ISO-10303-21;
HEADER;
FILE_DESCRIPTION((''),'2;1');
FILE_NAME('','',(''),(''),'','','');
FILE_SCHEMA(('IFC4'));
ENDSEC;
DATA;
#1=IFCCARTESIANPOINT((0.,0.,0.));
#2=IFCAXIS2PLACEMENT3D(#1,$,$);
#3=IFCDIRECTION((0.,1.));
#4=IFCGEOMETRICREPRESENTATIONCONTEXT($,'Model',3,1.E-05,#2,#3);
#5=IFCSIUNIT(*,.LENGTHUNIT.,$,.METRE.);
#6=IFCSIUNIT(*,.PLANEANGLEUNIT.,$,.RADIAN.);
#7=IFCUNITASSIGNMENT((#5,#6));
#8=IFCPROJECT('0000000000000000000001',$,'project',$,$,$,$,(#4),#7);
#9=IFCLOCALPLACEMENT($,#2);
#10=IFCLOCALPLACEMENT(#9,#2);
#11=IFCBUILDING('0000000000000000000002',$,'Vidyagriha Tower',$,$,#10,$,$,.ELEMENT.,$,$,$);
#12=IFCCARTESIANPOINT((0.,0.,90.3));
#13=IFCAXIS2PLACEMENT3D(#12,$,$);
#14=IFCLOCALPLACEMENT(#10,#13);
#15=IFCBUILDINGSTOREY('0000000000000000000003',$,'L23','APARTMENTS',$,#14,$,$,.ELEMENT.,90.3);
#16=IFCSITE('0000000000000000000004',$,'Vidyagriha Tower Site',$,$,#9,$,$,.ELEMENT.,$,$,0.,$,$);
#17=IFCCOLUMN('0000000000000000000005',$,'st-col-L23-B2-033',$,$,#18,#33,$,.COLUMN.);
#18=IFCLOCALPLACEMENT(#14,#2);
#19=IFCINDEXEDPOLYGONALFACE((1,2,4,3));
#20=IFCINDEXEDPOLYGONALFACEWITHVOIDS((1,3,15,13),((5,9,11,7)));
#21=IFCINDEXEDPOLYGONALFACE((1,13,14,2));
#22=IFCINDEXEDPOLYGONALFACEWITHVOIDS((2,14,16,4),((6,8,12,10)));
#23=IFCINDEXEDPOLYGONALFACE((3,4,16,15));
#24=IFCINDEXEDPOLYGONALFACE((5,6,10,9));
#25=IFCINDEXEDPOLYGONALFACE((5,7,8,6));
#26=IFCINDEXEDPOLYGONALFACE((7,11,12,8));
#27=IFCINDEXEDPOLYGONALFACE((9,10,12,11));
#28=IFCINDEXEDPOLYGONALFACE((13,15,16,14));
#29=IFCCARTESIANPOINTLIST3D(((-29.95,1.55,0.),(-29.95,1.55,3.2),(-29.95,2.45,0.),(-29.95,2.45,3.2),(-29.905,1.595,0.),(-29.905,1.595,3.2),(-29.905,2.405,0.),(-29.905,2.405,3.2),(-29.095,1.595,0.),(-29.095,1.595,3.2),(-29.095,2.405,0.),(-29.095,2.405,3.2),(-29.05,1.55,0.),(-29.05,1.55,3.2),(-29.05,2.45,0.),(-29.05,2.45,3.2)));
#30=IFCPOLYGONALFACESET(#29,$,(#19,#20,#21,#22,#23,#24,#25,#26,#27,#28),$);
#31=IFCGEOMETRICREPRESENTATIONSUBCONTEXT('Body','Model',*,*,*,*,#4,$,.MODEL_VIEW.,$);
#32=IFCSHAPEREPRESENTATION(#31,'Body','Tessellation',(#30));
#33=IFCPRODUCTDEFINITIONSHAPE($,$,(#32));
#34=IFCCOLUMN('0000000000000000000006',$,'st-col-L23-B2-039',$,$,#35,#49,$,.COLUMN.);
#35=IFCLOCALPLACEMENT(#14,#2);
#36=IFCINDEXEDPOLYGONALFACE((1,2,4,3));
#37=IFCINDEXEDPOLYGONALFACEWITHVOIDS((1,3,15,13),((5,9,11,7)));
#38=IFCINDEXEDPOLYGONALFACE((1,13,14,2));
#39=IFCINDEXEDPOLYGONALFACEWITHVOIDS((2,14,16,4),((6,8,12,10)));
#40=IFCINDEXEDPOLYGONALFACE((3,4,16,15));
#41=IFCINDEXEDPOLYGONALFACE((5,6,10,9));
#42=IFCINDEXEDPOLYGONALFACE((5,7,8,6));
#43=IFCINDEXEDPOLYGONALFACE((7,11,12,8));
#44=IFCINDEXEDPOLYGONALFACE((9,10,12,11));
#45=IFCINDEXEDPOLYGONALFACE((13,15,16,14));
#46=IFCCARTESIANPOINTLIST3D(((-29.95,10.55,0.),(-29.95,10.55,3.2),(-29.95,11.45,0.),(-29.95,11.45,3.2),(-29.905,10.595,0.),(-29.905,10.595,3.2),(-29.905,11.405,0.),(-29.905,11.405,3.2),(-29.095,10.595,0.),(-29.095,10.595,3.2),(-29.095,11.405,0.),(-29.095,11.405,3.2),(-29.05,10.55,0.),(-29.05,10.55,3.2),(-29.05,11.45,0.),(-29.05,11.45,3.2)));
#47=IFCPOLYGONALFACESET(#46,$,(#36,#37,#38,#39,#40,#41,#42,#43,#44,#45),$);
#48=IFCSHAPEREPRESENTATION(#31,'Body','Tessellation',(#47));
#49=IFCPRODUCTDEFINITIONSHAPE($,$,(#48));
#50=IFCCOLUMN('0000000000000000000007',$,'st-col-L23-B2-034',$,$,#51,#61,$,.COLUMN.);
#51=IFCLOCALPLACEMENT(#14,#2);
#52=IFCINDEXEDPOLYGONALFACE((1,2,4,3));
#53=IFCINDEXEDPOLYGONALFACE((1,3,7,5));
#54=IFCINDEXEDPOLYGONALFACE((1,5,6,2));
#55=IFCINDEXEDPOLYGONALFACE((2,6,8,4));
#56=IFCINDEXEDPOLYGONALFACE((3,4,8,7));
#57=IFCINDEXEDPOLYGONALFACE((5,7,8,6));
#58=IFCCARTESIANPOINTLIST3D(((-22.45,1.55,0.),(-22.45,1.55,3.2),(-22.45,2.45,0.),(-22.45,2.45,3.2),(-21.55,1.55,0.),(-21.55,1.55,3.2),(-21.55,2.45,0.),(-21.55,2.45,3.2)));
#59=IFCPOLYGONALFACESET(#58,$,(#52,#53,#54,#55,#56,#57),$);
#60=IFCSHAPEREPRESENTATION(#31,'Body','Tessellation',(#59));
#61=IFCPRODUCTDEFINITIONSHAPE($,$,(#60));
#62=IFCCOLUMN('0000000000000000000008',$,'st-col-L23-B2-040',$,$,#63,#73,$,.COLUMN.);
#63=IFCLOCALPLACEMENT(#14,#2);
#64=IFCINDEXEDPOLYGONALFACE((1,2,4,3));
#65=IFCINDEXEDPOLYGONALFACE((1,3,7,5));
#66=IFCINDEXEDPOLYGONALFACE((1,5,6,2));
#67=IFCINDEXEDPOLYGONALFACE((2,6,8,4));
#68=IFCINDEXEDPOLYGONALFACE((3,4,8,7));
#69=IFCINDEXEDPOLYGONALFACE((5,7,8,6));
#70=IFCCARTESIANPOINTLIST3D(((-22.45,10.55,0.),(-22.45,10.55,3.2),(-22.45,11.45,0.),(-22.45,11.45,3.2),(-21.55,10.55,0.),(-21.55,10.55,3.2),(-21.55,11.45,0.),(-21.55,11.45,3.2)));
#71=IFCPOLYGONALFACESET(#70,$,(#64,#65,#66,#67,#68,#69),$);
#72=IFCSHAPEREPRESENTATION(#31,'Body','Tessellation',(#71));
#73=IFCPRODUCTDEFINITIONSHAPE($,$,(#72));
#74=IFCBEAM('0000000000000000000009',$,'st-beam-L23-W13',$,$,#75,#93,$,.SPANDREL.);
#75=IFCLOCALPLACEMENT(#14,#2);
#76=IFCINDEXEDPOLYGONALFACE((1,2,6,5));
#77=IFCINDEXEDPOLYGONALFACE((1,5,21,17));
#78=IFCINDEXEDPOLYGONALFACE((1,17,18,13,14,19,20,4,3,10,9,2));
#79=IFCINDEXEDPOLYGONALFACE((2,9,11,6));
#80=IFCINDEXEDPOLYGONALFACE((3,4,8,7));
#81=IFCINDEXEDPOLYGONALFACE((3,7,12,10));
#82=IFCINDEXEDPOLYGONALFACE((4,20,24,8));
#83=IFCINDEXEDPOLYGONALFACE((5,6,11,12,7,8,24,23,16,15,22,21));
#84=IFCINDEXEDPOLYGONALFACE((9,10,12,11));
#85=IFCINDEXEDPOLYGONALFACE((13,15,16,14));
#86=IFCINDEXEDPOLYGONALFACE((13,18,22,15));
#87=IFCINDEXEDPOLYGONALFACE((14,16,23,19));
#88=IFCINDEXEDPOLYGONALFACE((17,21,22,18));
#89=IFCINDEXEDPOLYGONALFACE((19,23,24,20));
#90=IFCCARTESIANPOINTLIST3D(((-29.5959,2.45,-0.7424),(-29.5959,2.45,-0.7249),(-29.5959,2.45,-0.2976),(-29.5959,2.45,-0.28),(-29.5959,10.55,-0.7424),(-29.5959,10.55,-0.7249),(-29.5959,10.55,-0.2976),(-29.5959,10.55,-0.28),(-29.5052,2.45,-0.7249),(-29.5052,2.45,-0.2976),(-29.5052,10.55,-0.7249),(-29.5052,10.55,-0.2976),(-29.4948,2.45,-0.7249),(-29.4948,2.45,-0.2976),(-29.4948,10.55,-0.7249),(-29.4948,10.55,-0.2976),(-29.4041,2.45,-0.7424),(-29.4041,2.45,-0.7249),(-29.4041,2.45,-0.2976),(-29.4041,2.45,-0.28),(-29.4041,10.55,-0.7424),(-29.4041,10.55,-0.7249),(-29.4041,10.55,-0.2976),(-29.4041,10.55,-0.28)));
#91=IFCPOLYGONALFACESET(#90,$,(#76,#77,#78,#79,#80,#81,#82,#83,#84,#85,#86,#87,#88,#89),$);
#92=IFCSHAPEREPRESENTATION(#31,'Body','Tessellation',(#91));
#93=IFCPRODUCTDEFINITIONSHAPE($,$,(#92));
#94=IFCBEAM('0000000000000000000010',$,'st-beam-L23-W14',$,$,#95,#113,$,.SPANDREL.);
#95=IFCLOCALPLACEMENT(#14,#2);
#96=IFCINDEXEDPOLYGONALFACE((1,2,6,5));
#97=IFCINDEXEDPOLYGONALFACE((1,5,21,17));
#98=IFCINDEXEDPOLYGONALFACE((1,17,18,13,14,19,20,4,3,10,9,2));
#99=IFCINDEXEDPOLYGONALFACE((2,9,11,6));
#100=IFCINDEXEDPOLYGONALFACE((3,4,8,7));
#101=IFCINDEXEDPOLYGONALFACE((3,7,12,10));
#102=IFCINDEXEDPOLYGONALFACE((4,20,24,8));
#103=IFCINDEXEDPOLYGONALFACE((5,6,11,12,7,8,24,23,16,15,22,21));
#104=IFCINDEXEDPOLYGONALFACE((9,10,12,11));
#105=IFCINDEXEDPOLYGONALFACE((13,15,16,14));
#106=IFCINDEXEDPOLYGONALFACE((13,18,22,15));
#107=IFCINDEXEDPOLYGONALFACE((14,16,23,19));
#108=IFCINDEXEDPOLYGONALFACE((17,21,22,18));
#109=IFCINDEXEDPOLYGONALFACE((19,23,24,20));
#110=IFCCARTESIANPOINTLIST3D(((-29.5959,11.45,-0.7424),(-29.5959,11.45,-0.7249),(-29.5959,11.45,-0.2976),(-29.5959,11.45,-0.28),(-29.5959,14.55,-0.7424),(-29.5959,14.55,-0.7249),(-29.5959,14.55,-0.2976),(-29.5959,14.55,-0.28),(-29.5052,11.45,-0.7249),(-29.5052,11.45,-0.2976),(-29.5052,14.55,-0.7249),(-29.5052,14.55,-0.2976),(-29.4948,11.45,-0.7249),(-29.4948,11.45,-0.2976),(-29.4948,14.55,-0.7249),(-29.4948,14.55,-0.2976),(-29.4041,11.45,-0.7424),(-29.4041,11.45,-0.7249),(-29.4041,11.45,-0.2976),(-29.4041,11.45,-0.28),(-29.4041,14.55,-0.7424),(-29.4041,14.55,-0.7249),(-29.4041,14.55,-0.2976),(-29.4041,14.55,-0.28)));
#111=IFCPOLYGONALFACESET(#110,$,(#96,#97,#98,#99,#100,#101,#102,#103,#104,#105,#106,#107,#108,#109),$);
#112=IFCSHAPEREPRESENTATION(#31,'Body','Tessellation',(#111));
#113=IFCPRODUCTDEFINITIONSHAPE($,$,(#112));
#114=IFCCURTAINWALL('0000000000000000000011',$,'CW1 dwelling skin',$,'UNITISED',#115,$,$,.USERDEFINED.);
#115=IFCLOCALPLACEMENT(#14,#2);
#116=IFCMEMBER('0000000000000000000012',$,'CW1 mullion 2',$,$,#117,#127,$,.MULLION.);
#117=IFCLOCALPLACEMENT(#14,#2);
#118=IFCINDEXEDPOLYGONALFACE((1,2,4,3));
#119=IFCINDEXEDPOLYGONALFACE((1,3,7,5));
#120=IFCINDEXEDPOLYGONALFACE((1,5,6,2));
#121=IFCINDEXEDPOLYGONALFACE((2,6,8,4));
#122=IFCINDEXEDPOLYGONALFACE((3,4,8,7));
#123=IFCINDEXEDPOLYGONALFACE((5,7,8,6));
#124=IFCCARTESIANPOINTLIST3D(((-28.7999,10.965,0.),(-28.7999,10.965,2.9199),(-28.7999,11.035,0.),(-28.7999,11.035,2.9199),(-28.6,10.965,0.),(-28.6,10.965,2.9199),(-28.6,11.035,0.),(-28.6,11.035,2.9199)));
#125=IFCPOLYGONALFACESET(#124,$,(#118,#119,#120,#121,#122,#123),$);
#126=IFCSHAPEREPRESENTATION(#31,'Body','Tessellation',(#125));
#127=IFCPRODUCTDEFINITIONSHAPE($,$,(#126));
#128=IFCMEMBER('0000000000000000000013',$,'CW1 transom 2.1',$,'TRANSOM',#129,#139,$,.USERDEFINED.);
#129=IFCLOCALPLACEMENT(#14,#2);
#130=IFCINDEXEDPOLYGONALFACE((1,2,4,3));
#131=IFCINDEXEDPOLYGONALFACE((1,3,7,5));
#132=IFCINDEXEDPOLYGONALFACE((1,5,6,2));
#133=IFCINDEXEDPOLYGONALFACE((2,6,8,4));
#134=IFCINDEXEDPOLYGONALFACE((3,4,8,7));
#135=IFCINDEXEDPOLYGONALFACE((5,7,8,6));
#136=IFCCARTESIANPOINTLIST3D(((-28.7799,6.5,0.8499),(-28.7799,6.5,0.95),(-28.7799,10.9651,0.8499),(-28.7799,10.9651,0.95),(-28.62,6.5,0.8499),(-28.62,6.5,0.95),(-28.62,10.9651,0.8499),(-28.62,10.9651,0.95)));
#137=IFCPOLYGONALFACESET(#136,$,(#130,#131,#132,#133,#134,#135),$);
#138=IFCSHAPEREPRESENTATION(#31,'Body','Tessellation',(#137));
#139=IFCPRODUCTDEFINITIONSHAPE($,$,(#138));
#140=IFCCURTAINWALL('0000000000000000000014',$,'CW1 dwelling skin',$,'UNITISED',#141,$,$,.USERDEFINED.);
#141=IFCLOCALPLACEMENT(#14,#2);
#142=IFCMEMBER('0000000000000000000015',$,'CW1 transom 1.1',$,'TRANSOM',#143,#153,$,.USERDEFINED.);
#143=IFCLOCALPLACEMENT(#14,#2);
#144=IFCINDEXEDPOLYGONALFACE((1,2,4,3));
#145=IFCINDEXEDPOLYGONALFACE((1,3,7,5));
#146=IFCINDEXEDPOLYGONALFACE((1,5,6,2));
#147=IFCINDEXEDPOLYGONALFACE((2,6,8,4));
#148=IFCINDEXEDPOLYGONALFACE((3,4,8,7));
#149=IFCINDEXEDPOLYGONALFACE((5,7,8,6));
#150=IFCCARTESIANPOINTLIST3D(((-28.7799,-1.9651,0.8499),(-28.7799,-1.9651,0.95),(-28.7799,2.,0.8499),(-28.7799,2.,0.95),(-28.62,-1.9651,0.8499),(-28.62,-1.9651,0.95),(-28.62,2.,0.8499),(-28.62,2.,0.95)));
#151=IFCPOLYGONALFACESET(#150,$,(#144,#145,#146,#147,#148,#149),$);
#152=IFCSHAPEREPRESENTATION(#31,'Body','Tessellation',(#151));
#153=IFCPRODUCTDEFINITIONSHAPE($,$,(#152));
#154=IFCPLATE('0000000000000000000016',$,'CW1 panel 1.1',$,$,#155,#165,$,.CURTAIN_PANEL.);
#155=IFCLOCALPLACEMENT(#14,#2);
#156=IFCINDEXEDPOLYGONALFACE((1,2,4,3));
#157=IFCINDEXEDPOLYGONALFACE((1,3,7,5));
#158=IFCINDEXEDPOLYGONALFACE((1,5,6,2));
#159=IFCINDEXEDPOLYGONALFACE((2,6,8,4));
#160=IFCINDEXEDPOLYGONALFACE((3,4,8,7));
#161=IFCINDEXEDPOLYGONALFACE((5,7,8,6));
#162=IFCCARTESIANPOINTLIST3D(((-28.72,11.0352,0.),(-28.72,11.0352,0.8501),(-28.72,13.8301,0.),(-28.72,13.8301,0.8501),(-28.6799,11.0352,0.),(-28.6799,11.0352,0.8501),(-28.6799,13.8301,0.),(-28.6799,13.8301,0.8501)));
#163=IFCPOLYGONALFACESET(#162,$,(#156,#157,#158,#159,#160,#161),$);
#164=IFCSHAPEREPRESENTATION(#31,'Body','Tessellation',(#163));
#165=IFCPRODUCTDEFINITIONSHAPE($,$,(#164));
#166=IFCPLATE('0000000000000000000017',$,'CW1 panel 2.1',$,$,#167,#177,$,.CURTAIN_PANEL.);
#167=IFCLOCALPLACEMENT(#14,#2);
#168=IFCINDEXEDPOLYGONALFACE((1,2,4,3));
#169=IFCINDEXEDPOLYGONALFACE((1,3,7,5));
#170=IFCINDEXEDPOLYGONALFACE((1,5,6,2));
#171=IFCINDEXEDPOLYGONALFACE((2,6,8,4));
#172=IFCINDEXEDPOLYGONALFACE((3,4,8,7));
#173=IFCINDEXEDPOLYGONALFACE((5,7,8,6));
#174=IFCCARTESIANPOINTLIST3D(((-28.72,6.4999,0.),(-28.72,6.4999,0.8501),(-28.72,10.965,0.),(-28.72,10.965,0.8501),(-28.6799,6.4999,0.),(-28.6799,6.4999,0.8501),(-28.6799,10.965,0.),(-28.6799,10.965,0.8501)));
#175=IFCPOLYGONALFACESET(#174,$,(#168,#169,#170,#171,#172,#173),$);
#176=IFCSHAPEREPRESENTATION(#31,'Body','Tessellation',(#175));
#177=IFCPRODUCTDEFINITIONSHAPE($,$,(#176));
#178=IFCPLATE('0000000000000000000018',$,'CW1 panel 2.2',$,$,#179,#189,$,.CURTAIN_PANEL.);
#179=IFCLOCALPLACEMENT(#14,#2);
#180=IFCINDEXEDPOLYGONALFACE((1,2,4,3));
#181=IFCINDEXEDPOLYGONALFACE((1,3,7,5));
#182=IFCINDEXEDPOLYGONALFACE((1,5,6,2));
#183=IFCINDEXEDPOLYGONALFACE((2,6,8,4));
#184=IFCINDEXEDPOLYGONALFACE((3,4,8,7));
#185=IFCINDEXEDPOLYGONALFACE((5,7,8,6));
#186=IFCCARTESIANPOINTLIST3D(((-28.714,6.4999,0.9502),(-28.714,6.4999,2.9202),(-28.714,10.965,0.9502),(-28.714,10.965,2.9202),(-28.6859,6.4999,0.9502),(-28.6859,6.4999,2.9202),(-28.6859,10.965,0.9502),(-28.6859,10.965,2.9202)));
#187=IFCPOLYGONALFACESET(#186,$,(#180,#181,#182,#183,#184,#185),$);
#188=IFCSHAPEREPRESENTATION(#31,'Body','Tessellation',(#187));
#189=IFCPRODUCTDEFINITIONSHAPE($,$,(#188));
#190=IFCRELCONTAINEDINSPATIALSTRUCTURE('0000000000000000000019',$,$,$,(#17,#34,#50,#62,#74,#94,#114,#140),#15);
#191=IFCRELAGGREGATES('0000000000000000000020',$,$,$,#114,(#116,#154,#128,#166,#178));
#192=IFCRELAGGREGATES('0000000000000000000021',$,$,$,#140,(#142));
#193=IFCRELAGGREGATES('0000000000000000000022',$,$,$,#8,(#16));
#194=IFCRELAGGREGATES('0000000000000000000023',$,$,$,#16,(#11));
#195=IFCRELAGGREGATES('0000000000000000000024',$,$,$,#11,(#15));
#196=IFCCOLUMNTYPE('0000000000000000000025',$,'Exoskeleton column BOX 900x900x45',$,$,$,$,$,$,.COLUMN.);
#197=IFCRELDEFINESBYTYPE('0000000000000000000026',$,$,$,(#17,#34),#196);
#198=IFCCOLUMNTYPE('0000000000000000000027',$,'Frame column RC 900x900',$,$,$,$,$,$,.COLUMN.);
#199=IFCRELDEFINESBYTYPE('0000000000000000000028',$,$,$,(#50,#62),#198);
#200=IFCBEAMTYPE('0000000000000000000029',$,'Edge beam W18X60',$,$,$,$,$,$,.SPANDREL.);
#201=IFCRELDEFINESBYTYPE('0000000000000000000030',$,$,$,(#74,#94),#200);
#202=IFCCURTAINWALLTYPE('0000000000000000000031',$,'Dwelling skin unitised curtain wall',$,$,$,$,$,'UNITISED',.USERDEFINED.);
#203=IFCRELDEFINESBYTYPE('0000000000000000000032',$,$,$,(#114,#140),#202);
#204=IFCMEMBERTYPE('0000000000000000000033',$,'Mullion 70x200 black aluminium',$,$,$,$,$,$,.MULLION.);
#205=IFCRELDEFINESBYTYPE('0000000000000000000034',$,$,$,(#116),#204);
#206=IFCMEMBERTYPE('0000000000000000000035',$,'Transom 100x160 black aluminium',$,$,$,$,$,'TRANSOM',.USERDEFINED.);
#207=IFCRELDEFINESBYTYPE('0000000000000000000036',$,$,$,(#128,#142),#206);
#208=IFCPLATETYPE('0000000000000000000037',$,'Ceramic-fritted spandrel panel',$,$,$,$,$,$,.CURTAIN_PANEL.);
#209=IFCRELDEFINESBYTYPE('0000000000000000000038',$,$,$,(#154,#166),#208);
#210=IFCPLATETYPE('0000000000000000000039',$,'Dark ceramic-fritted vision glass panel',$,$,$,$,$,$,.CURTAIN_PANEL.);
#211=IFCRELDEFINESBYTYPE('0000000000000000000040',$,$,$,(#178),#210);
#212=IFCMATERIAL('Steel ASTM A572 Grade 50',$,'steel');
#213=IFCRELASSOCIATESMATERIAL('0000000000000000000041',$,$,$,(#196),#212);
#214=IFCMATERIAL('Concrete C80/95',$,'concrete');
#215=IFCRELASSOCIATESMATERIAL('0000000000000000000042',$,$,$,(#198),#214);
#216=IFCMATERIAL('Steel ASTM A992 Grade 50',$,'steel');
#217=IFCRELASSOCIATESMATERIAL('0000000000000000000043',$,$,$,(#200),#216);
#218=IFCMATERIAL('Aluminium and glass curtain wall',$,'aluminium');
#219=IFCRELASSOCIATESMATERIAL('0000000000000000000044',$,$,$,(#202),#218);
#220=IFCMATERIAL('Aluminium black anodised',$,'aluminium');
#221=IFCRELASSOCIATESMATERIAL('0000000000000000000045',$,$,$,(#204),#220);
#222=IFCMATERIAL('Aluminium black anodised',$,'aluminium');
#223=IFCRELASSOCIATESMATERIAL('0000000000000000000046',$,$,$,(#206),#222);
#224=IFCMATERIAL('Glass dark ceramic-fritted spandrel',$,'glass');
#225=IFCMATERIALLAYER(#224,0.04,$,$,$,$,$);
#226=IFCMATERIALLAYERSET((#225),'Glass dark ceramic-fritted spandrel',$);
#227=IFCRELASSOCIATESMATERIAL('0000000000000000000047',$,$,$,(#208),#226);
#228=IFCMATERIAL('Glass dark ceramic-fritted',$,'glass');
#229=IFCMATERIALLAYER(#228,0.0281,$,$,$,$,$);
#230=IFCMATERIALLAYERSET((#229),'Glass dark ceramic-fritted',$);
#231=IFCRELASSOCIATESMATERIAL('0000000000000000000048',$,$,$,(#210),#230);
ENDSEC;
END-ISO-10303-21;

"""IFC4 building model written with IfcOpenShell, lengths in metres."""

from ifc_helpers import new_model, si_unit, direction, frame, origin, origin_2d, place, context, subcontext, project, spatial, rectangle, hollow_rectangle, i_section, extrude, material, layer, layer_set, material_profile, profile_set, type_object, element, aggregate, save


model = new_model("IFC4")

# Units and contexts
model_context = context("Model", 3, precision=1e-05, world=origin(), true_north=direction((0.0, 1.0)))
body_context = subcontext(model_context, "Body", "Model", "MODEL_VIEW")
ifc_project = project(units=[si_unit("LENGTHUNIT", "METRE"), si_unit("PLANEANGLEUNIT", "RADIAN")], contexts=[model_context])

# Site, building, storey
site_placement = place(None, origin())
site = spatial("IfcSite", under=ifc_project, at=site_placement, Name="Vidyagriha Tower Site", CompositionType="ELEMENT", RefElevation=0.0)
building_placement = place(site_placement, origin())
building = spatial("IfcBuilding", under=site, at=building_placement, Name="Vidyagriha Tower", CompositionType="ELEMENT")
storey_placement = place(building_placement, frame((0.0, 0.0, 90.3)))
storey = spatial("IfcBuildingStorey", under=building, at=storey_placement, Name="L23", Description="APARTMENTS", CompositionType="ELEMENT", Elevation=90.3)

# Columns
ifc_material_1 = material(Name="Steel ASTM A572 Grade 50", Category="steel")
ifc_material_profile_1 = material_profile(ifc_material_1, hollow_rectangle(XDim=0.8999, YDim=0.8999, WallThickness=0.0449, at=origin_2d()), Name="BOX 900x900x45")
ifc_profile_set_1 = profile_set([ifc_material_profile_1], Name="Steel ASTM A572 Grade 50")
column_type_1 = type_object("IfcColumnType", Name="Exoskeleton column BOX 900x900x45", PredefinedType="COLUMN", material=ifc_profile_set_1)
for number, where, name in (
    (1, (-29.5, 2.0, 0.0), "st-col-L23-B2-033"),
    (2, (-29.5, 11.0, 0.0), "st-col-L23-B2-039"),
):
    element("IfcColumn", number, at=place(storey_placement, frame(where)), inside=storey, type_object=column_type_1, Name=name, PredefinedType="COLUMN", context=body_context, shape_type="SweptSolid", body=[
        extrude(hollow_rectangle(XDim=0.8999, YDim=0.8999, WallThickness=0.0449, at=origin_2d()), origin(), (0.0, 0.0, 1.0), 3.2),
    ])
ifc_material_2 = material(Name="Concrete C80/95", Category="concrete")
ifc_material_profile_2 = material_profile(ifc_material_2, rectangle(XDim=0.8999, YDim=0.8999, at=origin_2d()), Name="RC 900x900")
ifc_profile_set_2 = profile_set([ifc_material_profile_2], Name="Concrete C80/95")
column_type_2 = type_object("IfcColumnType", Name="Frame column RC 900x900", PredefinedType="COLUMN", material=ifc_profile_set_2)
for number, where, name in (
    (3, (-22.0, 2.0, 0.0), "st-col-L23-B2-034"),
    (4, (-22.0, 11.0, 0.0), "st-col-L23-B2-040"),
):
    element("IfcColumn", number, at=place(storey_placement, frame(where)), inside=storey, type_object=column_type_2, Name=name, PredefinedType="COLUMN", context=body_context, shape_type="SweptSolid", body=[
        extrude(rectangle(XDim=0.8999, YDim=0.8999, at=origin_2d()), origin(), (0.0, 0.0, 1.0), 3.2),
    ])

# Beams
ifc_material_3 = material(Name="Steel ASTM A992 Grade 50", Category="steel")
ifc_material_profile_3 = material_profile(ifc_material_3, i_section(OverallWidth=0.1919, OverallDepth=0.4624, WebThickness=0.0105, FlangeThickness=0.0176, at=origin_2d()), Name="W18X60")
ifc_profile_set_3 = profile_set([ifc_material_profile_3], Name="Steel ASTM A992 Grade 50")
beam_type = type_object("IfcBeamType", Name="Edge beam W18X60", PredefinedType="SPANDREL", material=ifc_profile_set_3)
beam_1_placement = place(storey_placement, frame((-29.5, 2.45, -0.5112), z_axis=(0.0, 1.0, 0.0), x_axis=(-1.0, 0.0, 0.0)))
element("IfcBeam", 5, at=beam_1_placement, inside=storey, type_object=beam_type, Name="st-beam-L23-W13", PredefinedType="SPANDREL", context=body_context, shape_type="SweptSolid", body=[
    extrude(i_section(OverallWidth=0.1919, OverallDepth=0.4624, WebThickness=0.0105, FlangeThickness=0.0176, at=origin_2d()), origin(), (0.0, 0.0, 1.0), 8.1001),
])
beam_2_placement = place(storey_placement, frame((-29.5, 11.45, -0.5112), z_axis=(0.0, 1.0, 0.0), x_axis=(-1.0, 0.0, 0.0)))
element("IfcBeam", 6, at=beam_2_placement, inside=storey, type_object=beam_type, Name="st-beam-L23-W14", PredefinedType="SPANDREL", context=body_context, shape_type="SweptSolid", body=[
    extrude(i_section(OverallWidth=0.1919, OverallDepth=0.4624, WebThickness=0.0105, FlangeThickness=0.0176, at=origin_2d()), origin(), (0.0, 0.0, 1.0), 3.1001),
])

# Curtain wall, members
ifc_material_4 = material(Name="Aluminium and glass curtain wall", Category="aluminium")
curtain_wall_type = type_object("IfcCurtainWallType", Name="Dwelling skin unitised curtain wall", ElementType="UNITISED", PredefinedType="USERDEFINED", material=ifc_material_4)
curtain_wall_1_placement = place(storey_placement, origin())
curtain_wall_1 = element("IfcCurtainWall", 7, at=curtain_wall_1_placement, inside=storey, type_object=curtain_wall_type, Name="CW1 dwelling skin", ObjectType="UNITISED", PredefinedType="USERDEFINED")
ifc_material_5 = material(Name="Aluminium black anodised", Category="aluminium")
ifc_material_profile_4 = material_profile(ifc_material_5, rectangle(XDim=0.2, YDim=0.0701, at=origin_2d()), Name="Mullion 70x200 black aluminium")
ifc_profile_set_4 = profile_set([ifc_material_profile_4], Name="Aluminium black anodised")
member_type_1 = type_object("IfcMemberType", Name="Mullion 70x200 black aluminium", PredefinedType="MULLION", material=ifc_profile_set_4)
member_1_placement = place(storey_placement, frame((-28.7, 11.0, 0.0)))
member_1 = element("IfcMember", 8, at=member_1_placement, type_object=member_type_1, Name="CW1 mullion 2", PredefinedType="MULLION", context=body_context, shape_type="SweptSolid", body=[
    extrude(rectangle(XDim=0.2, YDim=0.0701, at=origin_2d()), origin(), (0.0, 0.0, 1.0), 2.9199),
])
ifc_material_6 = material(Name="Aluminium black anodised", Category="aluminium")
ifc_material_profile_5 = material_profile(ifc_material_6, rectangle(XDim=0.1599, YDim=0.1001, at=origin_2d()), Name="Transom 100x160 black aluminium")
ifc_profile_set_5 = profile_set([ifc_material_profile_5], Name="Aluminium black anodised")
member_type_2 = type_object("IfcMemberType", Name="Transom 100x160 black aluminium", ElementType="TRANSOM", PredefinedType="USERDEFINED", material=ifc_profile_set_5)
member_2_placement = place(storey_placement, frame((-28.7, 10.9651, 0.8999), z_axis=(0.0, -1.0, 0.0), x_axis=(1.0, 0.0, 0.0)))
member_2 = element("IfcMember", 9, at=member_2_placement, type_object=member_type_2, Name="CW1 transom 2.1", ObjectType="TRANSOM", PredefinedType="USERDEFINED", context=body_context, shape_type="SweptSolid", body=[
    extrude(rectangle(XDim=0.1599, YDim=0.1001, at=origin_2d()), origin(), (0.0, 0.0, 1.0), 4.4651),
])

# Curtain wall, member
curtain_wall_2_placement = place(storey_placement, origin())
curtain_wall_2 = element("IfcCurtainWall", 10, at=curtain_wall_2_placement, inside=storey, type_object=curtain_wall_type, Name="CW1 dwelling skin", ObjectType="UNITISED", PredefinedType="USERDEFINED")
member_3_placement = place(storey_placement, frame((-28.7, 2.0, 0.8999), z_axis=(0.0, -1.0, 0.0), x_axis=(1.0, 0.0, 0.0)))
member_3 = element("IfcMember", 11, at=member_3_placement, type_object=member_type_2, Name="CW1 transom 1.1", ObjectType="TRANSOM", PredefinedType="USERDEFINED", context=body_context, shape_type="SweptSolid", body=[
    extrude(rectangle(XDim=0.1599, YDim=0.1001, at=origin_2d()), origin(), (0.0, 0.0, 1.0), 3.9651),
])

# Plates
ifc_material_7 = material(Name="Glass dark ceramic-fritted spandrel", Category="glass")
ifc_layer_1 = layer(ifc_material_7, 0.04)
ifc_layer_set_1 = layer_set([ifc_layer_1], Name="Glass dark ceramic-fritted spandrel")
plate_type_1 = type_object("IfcPlateType", Name="Ceramic-fritted spandrel panel", PredefinedType="CURTAIN_PANEL", material=ifc_layer_set_1)
plate_1_placement = place(storey_placement, frame((-28.7, 12.4326, 0.0), z_axis=(0.0, 0.0, 1.0), x_axis=(0.0, -1.0, 0.0)))
plate_1 = element("IfcPlate", 12, at=plate_1_placement, type_object=plate_type_1, Name="CW1 panel 1.1", PredefinedType="CURTAIN_PANEL", context=body_context, shape_type="SweptSolid", body=[
    extrude(rectangle(XDim=2.7949, YDim=0.04, at=origin_2d()), origin(), (0.0, 0.0, 1.0), 0.8501),
])
plate_2_placement = place(storey_placement, frame((-28.7, 8.7324, 0.0), z_axis=(0.0, 0.0, 1.0), x_axis=(0.0, -1.0, 0.0)))
plate_2 = element("IfcPlate", 13, at=plate_2_placement, type_object=plate_type_1, Name="CW1 panel 2.1", PredefinedType="CURTAIN_PANEL", context=body_context, shape_type="SweptSolid", body=[
    extrude(rectangle(XDim=4.4651, YDim=0.04, at=origin_2d()), origin(), (0.0, 0.0, 1.0), 0.8501),
])
ifc_material_8 = material(Name="Glass dark ceramic-fritted", Category="glass")
ifc_layer_2 = layer(ifc_material_8, 0.0281)
ifc_layer_set_2 = layer_set([ifc_layer_2], Name="Glass dark ceramic-fritted")
plate_type_2 = type_object("IfcPlateType", Name="Dark ceramic-fritted vision glass panel", PredefinedType="CURTAIN_PANEL", material=ifc_layer_set_2)
plate_3_placement = place(storey_placement, frame((-28.7, 8.7324, 0.9502), z_axis=(0.0, 0.0, 1.0), x_axis=(0.0, -1.0, 0.0)))
plate_3 = element("IfcPlate", 14, at=plate_3_placement, type_object=plate_type_2, Name="CW1 panel 2.2", PredefinedType="CURTAIN_PANEL", context=body_context, shape_type="SweptSolid", body=[
    extrude(rectangle(XDim=4.4651, YDim=0.0281, at=origin_2d()), origin(), (0.0, 0.0, 1.0), 1.97),
])
aggregate(curtain_wall_1, [member_1, plate_1, member_2, plate_2, plate_3])
aggregate(curtain_wall_2, [member_3])

save(model, "model.ifc")
